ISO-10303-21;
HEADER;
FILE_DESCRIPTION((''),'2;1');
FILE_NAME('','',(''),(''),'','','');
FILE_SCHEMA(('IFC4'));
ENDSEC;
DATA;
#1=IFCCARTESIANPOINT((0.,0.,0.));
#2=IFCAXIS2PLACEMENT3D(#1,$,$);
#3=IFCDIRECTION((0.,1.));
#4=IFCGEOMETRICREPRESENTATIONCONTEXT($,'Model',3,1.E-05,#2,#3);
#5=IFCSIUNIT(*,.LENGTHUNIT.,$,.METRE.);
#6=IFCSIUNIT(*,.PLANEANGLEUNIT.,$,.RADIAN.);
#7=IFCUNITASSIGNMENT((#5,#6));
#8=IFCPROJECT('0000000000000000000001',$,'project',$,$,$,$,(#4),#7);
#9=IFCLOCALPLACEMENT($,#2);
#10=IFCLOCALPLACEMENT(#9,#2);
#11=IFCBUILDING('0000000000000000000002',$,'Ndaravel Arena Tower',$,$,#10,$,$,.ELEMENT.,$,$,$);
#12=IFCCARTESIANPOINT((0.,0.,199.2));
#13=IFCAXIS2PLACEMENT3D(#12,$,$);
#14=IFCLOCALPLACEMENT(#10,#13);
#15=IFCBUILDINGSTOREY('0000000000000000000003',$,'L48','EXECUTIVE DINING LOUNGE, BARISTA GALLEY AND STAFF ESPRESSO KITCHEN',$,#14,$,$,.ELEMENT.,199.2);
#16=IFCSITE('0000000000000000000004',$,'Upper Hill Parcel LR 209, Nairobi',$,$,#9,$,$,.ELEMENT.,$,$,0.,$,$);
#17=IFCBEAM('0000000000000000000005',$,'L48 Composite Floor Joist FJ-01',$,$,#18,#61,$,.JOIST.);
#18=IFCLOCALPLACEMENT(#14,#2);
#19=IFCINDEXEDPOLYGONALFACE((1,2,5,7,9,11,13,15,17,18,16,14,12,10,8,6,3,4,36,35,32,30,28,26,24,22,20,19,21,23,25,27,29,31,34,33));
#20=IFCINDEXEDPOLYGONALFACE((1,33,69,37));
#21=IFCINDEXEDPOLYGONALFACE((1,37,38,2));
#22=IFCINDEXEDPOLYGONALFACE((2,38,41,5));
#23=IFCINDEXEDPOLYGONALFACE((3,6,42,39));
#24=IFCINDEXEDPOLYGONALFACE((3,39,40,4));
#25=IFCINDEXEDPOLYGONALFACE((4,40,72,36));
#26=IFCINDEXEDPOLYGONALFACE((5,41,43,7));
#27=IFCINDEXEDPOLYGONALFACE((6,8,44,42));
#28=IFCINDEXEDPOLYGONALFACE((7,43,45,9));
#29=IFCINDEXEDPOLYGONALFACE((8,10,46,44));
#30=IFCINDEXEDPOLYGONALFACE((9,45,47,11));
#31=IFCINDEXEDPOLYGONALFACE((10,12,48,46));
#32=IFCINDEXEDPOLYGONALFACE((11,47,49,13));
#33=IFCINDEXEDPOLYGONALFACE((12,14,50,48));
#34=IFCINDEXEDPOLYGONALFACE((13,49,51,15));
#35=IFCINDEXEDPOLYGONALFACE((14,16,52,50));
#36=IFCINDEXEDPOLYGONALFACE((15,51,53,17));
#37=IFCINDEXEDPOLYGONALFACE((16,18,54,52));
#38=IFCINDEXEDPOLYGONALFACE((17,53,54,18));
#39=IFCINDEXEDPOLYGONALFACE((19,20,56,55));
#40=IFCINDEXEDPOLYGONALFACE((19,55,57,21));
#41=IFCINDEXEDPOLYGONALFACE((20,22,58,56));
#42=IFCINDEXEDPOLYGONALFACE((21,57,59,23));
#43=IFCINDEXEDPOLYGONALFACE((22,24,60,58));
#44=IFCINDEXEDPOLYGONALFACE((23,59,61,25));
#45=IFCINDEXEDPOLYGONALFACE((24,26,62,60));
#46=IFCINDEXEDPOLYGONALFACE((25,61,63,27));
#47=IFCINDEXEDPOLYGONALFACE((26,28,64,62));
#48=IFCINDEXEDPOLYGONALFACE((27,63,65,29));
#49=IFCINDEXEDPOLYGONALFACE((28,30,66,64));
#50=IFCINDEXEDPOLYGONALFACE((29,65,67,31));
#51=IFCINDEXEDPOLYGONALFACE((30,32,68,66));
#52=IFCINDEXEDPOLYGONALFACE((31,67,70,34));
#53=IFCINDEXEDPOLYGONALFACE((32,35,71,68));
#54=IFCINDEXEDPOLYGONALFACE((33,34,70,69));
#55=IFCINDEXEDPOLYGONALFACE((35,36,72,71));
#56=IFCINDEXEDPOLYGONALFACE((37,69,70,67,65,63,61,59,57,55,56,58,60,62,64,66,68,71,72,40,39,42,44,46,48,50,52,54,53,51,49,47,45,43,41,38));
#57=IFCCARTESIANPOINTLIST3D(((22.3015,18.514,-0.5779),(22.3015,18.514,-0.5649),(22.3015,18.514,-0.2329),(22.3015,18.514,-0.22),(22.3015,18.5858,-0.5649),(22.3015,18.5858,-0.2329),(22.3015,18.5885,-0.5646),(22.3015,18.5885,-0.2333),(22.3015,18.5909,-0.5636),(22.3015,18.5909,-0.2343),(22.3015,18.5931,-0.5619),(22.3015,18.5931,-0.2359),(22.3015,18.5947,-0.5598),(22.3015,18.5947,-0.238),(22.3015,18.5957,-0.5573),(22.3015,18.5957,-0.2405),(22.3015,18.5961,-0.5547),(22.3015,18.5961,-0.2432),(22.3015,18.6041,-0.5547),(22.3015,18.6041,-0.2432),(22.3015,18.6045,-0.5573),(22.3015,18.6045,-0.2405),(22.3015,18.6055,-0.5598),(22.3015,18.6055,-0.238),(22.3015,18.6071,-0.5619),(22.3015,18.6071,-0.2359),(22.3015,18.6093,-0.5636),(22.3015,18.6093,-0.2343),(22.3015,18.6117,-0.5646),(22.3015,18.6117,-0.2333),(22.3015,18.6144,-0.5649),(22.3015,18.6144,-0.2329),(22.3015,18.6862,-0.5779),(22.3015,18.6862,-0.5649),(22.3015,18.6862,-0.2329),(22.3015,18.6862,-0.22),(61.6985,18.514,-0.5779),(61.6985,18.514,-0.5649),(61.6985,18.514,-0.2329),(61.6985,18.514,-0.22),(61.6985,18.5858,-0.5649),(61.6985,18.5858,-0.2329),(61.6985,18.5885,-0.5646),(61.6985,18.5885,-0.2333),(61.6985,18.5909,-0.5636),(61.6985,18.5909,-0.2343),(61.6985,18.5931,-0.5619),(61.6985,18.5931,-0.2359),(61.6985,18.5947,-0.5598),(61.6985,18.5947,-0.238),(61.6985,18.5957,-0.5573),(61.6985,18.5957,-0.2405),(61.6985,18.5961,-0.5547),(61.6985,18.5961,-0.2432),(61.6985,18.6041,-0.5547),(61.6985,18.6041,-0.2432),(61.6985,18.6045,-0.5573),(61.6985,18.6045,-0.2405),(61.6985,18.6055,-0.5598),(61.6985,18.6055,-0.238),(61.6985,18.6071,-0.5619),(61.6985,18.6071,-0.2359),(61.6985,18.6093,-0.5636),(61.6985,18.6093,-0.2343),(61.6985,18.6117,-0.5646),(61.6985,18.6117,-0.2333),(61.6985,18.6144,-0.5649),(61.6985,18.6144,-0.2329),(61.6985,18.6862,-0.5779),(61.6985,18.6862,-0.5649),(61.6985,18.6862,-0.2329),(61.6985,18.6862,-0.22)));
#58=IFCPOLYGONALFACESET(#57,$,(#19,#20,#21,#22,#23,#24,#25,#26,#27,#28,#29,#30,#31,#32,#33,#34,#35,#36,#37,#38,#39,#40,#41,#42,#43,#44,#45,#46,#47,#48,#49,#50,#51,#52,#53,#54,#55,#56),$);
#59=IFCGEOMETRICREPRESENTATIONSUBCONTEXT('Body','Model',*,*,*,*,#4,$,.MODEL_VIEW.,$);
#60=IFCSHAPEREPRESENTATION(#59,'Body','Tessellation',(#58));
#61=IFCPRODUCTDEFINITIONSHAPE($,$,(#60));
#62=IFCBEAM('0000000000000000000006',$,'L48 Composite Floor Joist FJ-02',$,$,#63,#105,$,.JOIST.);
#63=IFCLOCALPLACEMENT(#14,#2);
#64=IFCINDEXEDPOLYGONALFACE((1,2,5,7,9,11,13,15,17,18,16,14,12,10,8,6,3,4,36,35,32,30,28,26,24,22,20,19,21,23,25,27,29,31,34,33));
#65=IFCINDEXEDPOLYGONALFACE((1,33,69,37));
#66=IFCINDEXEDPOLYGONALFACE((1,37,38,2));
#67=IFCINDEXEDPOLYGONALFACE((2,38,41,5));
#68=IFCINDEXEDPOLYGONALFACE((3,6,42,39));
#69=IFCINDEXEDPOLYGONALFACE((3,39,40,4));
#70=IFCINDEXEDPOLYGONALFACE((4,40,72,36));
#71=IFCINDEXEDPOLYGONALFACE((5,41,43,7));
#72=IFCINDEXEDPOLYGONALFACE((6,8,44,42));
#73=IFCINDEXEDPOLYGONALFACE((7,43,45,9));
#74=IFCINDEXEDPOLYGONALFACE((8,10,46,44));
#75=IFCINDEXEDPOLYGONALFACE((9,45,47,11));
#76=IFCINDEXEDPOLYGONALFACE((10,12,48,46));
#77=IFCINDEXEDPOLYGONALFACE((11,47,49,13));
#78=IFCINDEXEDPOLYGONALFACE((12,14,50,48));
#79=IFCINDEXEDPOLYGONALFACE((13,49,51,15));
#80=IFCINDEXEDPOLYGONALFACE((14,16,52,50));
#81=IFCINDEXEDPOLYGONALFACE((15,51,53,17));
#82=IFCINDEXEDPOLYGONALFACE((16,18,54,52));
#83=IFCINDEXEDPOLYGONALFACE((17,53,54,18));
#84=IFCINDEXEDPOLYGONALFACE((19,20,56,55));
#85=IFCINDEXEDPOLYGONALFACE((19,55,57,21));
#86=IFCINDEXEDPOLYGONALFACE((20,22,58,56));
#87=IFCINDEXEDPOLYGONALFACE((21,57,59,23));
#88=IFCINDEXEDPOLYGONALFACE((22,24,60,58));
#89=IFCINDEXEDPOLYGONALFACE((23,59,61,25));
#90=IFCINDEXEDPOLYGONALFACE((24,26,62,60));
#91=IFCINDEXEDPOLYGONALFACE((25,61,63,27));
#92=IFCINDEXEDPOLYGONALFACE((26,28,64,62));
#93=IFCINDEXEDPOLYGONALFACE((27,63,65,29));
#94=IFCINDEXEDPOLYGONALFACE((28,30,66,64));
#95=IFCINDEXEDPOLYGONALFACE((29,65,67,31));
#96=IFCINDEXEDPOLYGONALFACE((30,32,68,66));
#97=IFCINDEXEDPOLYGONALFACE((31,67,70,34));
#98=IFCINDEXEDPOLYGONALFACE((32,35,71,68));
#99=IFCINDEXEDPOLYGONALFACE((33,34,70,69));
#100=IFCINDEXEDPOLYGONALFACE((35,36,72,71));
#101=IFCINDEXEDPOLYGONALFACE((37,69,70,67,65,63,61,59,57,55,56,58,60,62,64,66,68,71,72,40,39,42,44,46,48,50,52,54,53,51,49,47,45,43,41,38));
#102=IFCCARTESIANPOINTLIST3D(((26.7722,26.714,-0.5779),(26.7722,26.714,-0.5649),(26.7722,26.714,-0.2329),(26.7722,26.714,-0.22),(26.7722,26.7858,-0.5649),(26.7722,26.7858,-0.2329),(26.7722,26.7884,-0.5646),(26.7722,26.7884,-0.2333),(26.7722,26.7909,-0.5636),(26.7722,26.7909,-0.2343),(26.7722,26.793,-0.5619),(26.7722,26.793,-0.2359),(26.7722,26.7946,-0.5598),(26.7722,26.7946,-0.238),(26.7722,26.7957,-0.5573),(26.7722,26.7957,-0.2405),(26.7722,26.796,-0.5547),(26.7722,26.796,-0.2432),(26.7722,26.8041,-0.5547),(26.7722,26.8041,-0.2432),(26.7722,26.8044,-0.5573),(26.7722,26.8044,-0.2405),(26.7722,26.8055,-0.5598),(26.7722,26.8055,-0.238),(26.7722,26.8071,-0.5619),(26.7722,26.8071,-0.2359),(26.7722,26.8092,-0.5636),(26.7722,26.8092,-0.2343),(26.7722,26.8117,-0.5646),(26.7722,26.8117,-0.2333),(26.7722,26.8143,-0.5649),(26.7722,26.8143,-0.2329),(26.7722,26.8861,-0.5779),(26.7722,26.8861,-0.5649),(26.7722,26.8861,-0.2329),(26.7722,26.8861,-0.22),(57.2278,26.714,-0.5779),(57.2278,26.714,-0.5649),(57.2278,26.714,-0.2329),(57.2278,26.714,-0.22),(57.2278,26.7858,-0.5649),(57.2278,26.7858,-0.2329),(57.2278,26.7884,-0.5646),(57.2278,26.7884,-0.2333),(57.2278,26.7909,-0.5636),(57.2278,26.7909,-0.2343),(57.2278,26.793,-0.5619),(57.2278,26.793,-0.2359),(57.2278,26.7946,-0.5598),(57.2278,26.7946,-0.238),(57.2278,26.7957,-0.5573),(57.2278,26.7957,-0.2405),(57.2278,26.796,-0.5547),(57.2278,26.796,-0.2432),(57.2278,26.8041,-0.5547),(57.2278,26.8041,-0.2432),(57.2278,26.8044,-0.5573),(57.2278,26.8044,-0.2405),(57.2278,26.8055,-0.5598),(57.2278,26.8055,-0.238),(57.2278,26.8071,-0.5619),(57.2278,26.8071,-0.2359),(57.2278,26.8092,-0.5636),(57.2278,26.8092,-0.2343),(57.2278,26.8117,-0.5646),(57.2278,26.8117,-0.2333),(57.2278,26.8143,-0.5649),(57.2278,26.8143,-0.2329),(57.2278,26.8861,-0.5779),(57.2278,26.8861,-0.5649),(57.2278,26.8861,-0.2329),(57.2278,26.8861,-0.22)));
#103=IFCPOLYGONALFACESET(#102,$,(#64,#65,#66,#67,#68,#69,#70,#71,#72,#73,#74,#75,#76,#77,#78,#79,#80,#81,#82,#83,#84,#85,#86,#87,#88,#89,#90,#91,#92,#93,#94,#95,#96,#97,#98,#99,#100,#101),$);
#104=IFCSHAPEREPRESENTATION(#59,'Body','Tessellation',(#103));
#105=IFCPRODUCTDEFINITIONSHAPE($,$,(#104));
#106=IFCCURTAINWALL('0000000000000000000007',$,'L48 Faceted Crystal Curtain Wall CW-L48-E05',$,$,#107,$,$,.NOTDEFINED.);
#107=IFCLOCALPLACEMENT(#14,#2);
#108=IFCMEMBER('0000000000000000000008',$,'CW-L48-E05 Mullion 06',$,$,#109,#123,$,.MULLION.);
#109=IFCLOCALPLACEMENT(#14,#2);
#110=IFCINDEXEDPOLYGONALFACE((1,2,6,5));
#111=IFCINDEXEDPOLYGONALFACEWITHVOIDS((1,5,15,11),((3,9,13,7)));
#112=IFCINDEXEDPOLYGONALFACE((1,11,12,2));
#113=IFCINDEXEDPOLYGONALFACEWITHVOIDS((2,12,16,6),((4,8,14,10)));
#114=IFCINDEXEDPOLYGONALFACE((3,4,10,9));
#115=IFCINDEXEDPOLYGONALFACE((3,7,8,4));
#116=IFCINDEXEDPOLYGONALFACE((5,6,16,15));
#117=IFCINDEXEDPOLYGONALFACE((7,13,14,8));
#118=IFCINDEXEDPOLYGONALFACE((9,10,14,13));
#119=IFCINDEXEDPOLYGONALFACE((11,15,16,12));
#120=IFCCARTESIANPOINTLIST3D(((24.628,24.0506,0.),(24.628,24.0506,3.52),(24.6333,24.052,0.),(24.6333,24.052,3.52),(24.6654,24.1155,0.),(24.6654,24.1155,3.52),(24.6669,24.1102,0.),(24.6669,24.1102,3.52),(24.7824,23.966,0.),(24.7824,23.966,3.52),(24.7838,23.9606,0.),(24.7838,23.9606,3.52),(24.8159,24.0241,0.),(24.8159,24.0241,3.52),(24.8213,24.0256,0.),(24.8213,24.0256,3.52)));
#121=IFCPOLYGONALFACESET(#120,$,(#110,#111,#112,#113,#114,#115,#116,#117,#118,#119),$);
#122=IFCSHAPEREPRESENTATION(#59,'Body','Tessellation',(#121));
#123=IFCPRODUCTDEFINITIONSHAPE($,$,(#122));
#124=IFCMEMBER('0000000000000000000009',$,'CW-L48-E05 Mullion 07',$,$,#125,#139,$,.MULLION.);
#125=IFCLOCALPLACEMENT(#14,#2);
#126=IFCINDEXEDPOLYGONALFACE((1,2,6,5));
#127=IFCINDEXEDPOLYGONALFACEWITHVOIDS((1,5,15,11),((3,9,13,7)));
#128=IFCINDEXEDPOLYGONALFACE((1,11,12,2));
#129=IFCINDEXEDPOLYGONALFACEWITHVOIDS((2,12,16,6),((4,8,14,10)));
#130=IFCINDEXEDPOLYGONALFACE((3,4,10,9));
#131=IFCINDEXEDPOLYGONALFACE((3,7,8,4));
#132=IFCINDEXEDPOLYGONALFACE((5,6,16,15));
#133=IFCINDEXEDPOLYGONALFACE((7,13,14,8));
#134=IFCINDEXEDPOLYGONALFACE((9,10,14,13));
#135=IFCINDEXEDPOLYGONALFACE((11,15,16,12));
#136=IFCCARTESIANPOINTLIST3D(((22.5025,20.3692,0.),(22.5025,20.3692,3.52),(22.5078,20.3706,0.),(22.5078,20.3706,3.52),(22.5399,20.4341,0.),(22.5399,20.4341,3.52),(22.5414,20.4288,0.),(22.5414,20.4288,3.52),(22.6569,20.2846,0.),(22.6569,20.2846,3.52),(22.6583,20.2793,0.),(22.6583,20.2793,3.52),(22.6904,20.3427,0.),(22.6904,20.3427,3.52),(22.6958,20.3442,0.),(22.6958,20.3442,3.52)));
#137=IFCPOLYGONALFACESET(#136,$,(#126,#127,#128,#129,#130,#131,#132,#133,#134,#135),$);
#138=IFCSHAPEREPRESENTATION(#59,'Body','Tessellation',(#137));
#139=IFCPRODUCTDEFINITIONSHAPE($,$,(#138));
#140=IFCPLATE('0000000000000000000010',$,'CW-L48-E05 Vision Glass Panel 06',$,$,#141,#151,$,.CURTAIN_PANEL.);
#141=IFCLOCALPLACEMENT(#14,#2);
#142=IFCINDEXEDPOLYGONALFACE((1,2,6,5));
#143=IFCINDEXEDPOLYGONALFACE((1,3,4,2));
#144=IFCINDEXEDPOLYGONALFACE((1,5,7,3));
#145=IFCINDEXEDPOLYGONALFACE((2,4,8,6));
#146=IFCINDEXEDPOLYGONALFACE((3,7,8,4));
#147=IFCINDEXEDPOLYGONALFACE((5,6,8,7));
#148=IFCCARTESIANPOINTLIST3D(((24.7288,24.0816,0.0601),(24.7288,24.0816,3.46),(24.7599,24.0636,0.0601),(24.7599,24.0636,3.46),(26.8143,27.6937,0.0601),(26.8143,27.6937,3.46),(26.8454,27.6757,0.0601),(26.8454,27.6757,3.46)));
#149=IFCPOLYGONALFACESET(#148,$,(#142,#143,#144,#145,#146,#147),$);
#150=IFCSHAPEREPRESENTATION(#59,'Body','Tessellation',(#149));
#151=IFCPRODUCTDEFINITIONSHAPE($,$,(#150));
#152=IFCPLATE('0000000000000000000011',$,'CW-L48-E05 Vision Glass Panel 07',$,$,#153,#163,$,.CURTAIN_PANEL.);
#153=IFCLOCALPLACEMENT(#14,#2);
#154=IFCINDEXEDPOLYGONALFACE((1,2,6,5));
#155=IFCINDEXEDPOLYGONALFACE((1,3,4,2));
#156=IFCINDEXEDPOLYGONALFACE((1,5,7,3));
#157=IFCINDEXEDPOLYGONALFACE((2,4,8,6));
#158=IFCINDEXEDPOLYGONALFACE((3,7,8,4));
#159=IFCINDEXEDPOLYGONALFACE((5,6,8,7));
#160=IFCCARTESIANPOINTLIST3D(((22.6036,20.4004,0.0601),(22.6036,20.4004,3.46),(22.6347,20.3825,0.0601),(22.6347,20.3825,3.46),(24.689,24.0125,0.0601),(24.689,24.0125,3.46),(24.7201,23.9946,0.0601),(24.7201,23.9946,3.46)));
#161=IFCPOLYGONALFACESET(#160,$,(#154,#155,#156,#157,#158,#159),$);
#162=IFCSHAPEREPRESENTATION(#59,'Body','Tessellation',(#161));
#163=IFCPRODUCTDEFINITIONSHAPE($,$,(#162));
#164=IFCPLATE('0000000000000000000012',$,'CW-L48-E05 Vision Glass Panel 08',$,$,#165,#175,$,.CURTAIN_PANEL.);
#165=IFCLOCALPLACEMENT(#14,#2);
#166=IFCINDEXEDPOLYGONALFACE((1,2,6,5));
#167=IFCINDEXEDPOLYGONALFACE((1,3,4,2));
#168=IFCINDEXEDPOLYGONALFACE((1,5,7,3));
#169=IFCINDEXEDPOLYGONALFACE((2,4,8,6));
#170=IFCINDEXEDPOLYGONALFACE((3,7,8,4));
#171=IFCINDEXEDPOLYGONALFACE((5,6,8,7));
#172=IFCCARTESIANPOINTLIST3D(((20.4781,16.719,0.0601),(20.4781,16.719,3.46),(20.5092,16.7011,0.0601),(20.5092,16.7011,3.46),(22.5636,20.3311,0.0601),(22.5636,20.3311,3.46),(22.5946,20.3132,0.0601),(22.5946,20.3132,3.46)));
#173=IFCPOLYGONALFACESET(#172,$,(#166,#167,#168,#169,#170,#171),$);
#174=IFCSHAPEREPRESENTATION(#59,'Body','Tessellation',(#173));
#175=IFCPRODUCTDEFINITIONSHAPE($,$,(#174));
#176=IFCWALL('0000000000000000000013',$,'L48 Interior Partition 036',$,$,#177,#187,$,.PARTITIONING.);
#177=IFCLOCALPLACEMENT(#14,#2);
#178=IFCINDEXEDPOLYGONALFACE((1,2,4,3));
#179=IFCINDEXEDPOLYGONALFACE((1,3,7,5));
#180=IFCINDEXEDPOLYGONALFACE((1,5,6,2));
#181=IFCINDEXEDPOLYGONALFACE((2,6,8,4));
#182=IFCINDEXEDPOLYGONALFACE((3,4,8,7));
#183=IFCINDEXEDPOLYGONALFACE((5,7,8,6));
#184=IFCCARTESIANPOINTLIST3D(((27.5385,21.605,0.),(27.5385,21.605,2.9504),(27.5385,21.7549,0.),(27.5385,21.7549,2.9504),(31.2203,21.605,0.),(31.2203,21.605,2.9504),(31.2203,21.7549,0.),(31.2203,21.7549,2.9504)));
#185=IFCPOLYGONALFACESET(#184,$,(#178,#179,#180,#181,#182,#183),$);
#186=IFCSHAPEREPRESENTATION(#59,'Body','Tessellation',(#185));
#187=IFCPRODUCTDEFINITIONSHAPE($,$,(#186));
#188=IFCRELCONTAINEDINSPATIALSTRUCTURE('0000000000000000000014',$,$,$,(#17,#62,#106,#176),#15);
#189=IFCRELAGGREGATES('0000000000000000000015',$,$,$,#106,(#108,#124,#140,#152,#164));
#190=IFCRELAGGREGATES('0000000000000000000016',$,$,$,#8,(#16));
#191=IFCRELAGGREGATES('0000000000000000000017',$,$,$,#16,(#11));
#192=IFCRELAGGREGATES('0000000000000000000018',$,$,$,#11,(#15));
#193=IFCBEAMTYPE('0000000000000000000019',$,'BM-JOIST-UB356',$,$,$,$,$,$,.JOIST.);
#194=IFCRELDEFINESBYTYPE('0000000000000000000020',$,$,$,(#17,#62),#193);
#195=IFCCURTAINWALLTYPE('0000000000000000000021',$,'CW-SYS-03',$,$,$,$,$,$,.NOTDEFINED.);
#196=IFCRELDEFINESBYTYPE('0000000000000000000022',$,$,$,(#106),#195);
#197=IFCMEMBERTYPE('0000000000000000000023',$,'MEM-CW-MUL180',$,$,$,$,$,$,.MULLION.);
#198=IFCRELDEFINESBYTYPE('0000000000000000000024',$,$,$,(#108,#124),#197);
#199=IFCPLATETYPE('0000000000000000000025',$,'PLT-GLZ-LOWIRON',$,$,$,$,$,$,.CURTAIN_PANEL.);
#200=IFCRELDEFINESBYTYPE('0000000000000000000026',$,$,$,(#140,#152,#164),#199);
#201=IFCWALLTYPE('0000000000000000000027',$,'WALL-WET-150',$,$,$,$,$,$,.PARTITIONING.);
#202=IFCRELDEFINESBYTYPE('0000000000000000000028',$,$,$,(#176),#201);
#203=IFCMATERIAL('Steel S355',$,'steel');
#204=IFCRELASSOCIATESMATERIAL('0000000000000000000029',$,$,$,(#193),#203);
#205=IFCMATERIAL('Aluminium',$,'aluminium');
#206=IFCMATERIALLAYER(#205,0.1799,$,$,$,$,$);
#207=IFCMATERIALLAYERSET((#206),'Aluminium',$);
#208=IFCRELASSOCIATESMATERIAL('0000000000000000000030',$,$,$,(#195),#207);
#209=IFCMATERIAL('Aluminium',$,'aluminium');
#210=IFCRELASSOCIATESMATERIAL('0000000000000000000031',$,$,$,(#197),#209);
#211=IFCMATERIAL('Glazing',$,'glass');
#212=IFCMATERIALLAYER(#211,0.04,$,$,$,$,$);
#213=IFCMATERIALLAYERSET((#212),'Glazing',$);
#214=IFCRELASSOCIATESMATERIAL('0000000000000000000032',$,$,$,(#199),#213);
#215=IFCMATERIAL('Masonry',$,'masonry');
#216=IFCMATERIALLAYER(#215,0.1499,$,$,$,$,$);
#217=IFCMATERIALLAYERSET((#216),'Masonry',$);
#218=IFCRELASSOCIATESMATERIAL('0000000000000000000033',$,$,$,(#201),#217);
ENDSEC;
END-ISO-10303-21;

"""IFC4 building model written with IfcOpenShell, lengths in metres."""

from ifc_helpers import new_model, si_unit, direction, frame, frame_2d, origin, origin_2d, place, context, subcontext, project, spatial, rectangle, hollow_rectangle, i_section, extrude, material, layer, layer_set, material_profile, profile_set, type_object, element, aggregate, save


model = new_model("IFC4")

# Units and contexts
model_context = context("Model", 3, precision=1e-05, world=origin(), true_north=direction((0.0, 1.0)))
body_context = subcontext(model_context, "Body", "Model", "MODEL_VIEW")
ifc_project = project(units=[si_unit("LENGTHUNIT", "METRE"), si_unit("PLANEANGLEUNIT", "RADIAN")], contexts=[model_context])

# Site, building, storey
site_placement = place(None, origin())
site = spatial("IfcSite", under=ifc_project, at=site_placement, Name="Upper Hill Parcel LR 209, Nairobi", CompositionType="ELEMENT", RefElevation=0.0)
building_placement = place(site_placement, origin())
building = spatial("IfcBuilding", under=site, at=building_placement, Name="Ndaravel Arena Tower", CompositionType="ELEMENT")
storey_placement = place(building_placement, frame((0.0, 0.0, 199.2)))
storey = spatial("IfcBuildingStorey", under=building, at=storey_placement, Name="L48", Description="EXECUTIVE DINING LOUNGE, BARISTA GALLEY AND STAFF ESPRESSO KITCHEN", CompositionType="ELEMENT", Elevation=199.2)

# Beams
ifc_material_1 = material(Name="Steel S355", Category="steel")
ifc_material_profile_1 = material_profile(ifc_material_1, i_section(OverallWidth=0.1721, OverallDepth=0.3579, WebThickness=0.0081, FlangeThickness=0.0129, FilletRadius=0.0103, at=origin_2d()), Name="UB 356x171x57")
ifc_profile_set_1 = profile_set([ifc_material_profile_1], Name="Steel S355")
beam_type = type_object("IfcBeamType", Name="BM-JOIST-UB356", PredefinedType="JOIST", material=ifc_profile_set_1)
beam_1_placement = place(storey_placement, frame((22.3015, 18.6001, -0.3989), z_axis=(1.0, 0.0, 0.0), x_axis=(0.0, 1.0, 0.0)))
element("IfcBeam", 1, at=beam_1_placement, inside=storey, type_object=beam_type, Name="L48 Composite Floor Joist FJ-01", PredefinedType="JOIST", context=body_context, shape_type="SweptSolid", body=[
    extrude(i_section(OverallWidth=0.1721, OverallDepth=0.3579, WebThickness=0.0081, FlangeThickness=0.0129, FilletRadius=0.0103, at=origin_2d()), origin(), (0.0, 0.0, 1.0), 39.397),
])
beam_2_placement = place(storey_placement, frame((26.7722, 26.8, -0.3989), z_axis=(1.0, 0.0, 0.0), x_axis=(0.0, 1.0, 0.0)))
element("IfcBeam", 2, at=beam_2_placement, inside=storey, type_object=beam_type, Name="L48 Composite Floor Joist FJ-02", PredefinedType="JOIST", context=body_context, shape_type="SweptSolid", body=[
    extrude(i_section(OverallWidth=0.1721, OverallDepth=0.3579, WebThickness=0.0081, FlangeThickness=0.0129, FilletRadius=0.0103, at=origin_2d()), origin(), (0.0, 0.0, 1.0), 30.4556),
])

# Curtain wall, members, plates
ifc_material_2 = material(Name="Aluminium", Category="aluminium")
ifc_layer_1 = layer(ifc_material_2, 0.1799)
ifc_layer_set_1 = layer_set([ifc_layer_1], Name="Aluminium")
curtain_wall_type = type_object("IfcCurtainWallType", Name="CW-SYS-03", PredefinedType="NOTDEFINED", material=ifc_layer_set_1)
curtain_wall_placement = place(storey_placement, origin())
curtain_wall = element("IfcCurtainWall", 3, at=curtain_wall_placement, inside=storey, type_object=curtain_wall_type, Name="L48 Faceted Crystal Curtain Wall CW-L48-E05", PredefinedType="NOTDEFINED")
ifc_material_3 = material(Name="Aluminium", Category="aluminium")
ifc_material_profile_2 = material_profile(ifc_material_3, hollow_rectangle(XDim=0.075, YDim=0.1799, WallThickness=0.0039, at=origin_2d()), Name="CW MULLION 75x180x4")
ifc_profile_set_2 = profile_set([ifc_material_profile_2], Name="Aluminium")
member_type = type_object("IfcMemberType", Name="MEM-CW-MUL180", PredefinedType="MULLION", material=ifc_profile_set_2)
member_1_placement = place(storey_placement, frame((24.7246, 24.0381, 0.0), z_axis=(0.0, 0.0, 1.0), x_axis=(-0.5, -0.866025, 0.0)))
member_1 = element("IfcMember", 4, at=member_1_placement, type_object=member_type, Name="CW-L48-E05 Mullion 06", PredefinedType="MULLION", context=body_context, shape_type="SweptSolid", body=[
    extrude(hollow_rectangle(XDim=0.075, YDim=0.1799, WallThickness=0.0039, at=origin_2d()), origin(), (0.0, 0.0, 1.0), 3.52),
])
member_2_placement = place(storey_placement, frame((22.5991, 20.3567, 0.0), z_axis=(0.0, 0.0, 1.0), x_axis=(-0.5, -0.866025, 0.0)))
member_2 = element("IfcMember", 5, at=member_2_placement, type_object=member_type, Name="CW-L48-E05 Mullion 07", PredefinedType="MULLION", context=body_context, shape_type="SweptSolid", body=[
    extrude(hollow_rectangle(XDim=0.075, YDim=0.1799, WallThickness=0.0039, at=origin_2d()), origin(), (0.0, 0.0, 1.0), 3.52),
])
ifc_material_4 = material(Name="Glazing", Category="glass")
ifc_layer_2 = layer(ifc_material_4, 0.04)
ifc_layer_set_2 = layer_set([ifc_layer_2], Name="Glazing")
plate_type = type_object("IfcPlateType", Name="PLT-GLZ-LOWIRON", PredefinedType="CURTAIN_PANEL", material=ifc_layer_set_2)
plate_1_placement = place(storey_placement, frame((25.7871, 25.8787, 0.0601), z_axis=(0.0, 0.0, 1.0), x_axis=(-0.5, -0.866025, 0.0)))
plate_1 = element("IfcPlate", 6, at=plate_1_placement, type_object=plate_type, Name="CW-L48-E05 Vision Glass Panel 06", PredefinedType="CURTAIN_PANEL", context=body_context, shape_type="SweptSolid", body=[
    extrude(rectangle(XDim=4.1709, YDim=0.0359, at=origin_2d()), origin(), (0.0, 0.0, 1.0), 3.3999),
])
plate_2_placement = place(storey_placement, frame((23.6619, 22.1975, 0.0601), z_axis=(0.0, 0.0, 1.0), x_axis=(-0.5, -0.866025, 0.0)))
plate_2 = element("IfcPlate", 7, at=plate_2_placement, type_object=plate_type, Name="CW-L48-E05 Vision Glass Panel 07", PredefinedType="CURTAIN_PANEL", context=body_context, shape_type="SweptSolid", body=[
    extrude(rectangle(XDim=4.1709, YDim=0.0359, at=origin_2d()), origin(), (0.0, 0.0, 1.0), 3.3999),
])
plate_3_placement = place(storey_placement, frame((21.5364, 18.5161, 0.0601), z_axis=(0.0, 0.0, 1.0), x_axis=(-0.5, -0.866025, 0.0)))
plate_3 = element("IfcPlate", 8, at=plate_3_placement, type_object=plate_type, Name="CW-L48-E05 Vision Glass Panel 08", PredefinedType="CURTAIN_PANEL", context=body_context, shape_type="SweptSolid", body=[
    extrude(rectangle(XDim=4.1709, YDim=0.0359, at=origin_2d()), origin(), (0.0, 0.0, 1.0), 3.3999),
])
aggregate(curtain_wall, [member_1, member_2, plate_1, plate_2, plate_3])

# Wall
ifc_material_5 = material(Name="Masonry", Category="masonry")
ifc_layer_3 = layer(ifc_material_5, 0.1499)
ifc_layer_set_3 = layer_set([ifc_layer_3], Name="Masonry")
wall_type = type_object("IfcWallType", Name="WALL-WET-150", PredefinedType="PARTITIONING", material=ifc_layer_set_3)
wall_1_placement = place(storey_placement, frame((27.5386, 21.6799, 0.0), z_axis=(0.0, 0.0, 1.0), x_axis=(1.0, 0.0, 0.0)))
element("IfcWall", 9, at=wall_1_placement, inside=storey, type_object=wall_type, Name="L48 Interior Partition 036", PredefinedType="PARTITIONING", context=body_context, shape_type="SweptSolid", body=[
    extrude(rectangle(XDim=3.6819, YDim=0.1499, at=frame_2d((1.8408, 0.0))), origin(), (0.0, 0.0, 1.0), 2.9504),
])

save(model, "model.ifc")
